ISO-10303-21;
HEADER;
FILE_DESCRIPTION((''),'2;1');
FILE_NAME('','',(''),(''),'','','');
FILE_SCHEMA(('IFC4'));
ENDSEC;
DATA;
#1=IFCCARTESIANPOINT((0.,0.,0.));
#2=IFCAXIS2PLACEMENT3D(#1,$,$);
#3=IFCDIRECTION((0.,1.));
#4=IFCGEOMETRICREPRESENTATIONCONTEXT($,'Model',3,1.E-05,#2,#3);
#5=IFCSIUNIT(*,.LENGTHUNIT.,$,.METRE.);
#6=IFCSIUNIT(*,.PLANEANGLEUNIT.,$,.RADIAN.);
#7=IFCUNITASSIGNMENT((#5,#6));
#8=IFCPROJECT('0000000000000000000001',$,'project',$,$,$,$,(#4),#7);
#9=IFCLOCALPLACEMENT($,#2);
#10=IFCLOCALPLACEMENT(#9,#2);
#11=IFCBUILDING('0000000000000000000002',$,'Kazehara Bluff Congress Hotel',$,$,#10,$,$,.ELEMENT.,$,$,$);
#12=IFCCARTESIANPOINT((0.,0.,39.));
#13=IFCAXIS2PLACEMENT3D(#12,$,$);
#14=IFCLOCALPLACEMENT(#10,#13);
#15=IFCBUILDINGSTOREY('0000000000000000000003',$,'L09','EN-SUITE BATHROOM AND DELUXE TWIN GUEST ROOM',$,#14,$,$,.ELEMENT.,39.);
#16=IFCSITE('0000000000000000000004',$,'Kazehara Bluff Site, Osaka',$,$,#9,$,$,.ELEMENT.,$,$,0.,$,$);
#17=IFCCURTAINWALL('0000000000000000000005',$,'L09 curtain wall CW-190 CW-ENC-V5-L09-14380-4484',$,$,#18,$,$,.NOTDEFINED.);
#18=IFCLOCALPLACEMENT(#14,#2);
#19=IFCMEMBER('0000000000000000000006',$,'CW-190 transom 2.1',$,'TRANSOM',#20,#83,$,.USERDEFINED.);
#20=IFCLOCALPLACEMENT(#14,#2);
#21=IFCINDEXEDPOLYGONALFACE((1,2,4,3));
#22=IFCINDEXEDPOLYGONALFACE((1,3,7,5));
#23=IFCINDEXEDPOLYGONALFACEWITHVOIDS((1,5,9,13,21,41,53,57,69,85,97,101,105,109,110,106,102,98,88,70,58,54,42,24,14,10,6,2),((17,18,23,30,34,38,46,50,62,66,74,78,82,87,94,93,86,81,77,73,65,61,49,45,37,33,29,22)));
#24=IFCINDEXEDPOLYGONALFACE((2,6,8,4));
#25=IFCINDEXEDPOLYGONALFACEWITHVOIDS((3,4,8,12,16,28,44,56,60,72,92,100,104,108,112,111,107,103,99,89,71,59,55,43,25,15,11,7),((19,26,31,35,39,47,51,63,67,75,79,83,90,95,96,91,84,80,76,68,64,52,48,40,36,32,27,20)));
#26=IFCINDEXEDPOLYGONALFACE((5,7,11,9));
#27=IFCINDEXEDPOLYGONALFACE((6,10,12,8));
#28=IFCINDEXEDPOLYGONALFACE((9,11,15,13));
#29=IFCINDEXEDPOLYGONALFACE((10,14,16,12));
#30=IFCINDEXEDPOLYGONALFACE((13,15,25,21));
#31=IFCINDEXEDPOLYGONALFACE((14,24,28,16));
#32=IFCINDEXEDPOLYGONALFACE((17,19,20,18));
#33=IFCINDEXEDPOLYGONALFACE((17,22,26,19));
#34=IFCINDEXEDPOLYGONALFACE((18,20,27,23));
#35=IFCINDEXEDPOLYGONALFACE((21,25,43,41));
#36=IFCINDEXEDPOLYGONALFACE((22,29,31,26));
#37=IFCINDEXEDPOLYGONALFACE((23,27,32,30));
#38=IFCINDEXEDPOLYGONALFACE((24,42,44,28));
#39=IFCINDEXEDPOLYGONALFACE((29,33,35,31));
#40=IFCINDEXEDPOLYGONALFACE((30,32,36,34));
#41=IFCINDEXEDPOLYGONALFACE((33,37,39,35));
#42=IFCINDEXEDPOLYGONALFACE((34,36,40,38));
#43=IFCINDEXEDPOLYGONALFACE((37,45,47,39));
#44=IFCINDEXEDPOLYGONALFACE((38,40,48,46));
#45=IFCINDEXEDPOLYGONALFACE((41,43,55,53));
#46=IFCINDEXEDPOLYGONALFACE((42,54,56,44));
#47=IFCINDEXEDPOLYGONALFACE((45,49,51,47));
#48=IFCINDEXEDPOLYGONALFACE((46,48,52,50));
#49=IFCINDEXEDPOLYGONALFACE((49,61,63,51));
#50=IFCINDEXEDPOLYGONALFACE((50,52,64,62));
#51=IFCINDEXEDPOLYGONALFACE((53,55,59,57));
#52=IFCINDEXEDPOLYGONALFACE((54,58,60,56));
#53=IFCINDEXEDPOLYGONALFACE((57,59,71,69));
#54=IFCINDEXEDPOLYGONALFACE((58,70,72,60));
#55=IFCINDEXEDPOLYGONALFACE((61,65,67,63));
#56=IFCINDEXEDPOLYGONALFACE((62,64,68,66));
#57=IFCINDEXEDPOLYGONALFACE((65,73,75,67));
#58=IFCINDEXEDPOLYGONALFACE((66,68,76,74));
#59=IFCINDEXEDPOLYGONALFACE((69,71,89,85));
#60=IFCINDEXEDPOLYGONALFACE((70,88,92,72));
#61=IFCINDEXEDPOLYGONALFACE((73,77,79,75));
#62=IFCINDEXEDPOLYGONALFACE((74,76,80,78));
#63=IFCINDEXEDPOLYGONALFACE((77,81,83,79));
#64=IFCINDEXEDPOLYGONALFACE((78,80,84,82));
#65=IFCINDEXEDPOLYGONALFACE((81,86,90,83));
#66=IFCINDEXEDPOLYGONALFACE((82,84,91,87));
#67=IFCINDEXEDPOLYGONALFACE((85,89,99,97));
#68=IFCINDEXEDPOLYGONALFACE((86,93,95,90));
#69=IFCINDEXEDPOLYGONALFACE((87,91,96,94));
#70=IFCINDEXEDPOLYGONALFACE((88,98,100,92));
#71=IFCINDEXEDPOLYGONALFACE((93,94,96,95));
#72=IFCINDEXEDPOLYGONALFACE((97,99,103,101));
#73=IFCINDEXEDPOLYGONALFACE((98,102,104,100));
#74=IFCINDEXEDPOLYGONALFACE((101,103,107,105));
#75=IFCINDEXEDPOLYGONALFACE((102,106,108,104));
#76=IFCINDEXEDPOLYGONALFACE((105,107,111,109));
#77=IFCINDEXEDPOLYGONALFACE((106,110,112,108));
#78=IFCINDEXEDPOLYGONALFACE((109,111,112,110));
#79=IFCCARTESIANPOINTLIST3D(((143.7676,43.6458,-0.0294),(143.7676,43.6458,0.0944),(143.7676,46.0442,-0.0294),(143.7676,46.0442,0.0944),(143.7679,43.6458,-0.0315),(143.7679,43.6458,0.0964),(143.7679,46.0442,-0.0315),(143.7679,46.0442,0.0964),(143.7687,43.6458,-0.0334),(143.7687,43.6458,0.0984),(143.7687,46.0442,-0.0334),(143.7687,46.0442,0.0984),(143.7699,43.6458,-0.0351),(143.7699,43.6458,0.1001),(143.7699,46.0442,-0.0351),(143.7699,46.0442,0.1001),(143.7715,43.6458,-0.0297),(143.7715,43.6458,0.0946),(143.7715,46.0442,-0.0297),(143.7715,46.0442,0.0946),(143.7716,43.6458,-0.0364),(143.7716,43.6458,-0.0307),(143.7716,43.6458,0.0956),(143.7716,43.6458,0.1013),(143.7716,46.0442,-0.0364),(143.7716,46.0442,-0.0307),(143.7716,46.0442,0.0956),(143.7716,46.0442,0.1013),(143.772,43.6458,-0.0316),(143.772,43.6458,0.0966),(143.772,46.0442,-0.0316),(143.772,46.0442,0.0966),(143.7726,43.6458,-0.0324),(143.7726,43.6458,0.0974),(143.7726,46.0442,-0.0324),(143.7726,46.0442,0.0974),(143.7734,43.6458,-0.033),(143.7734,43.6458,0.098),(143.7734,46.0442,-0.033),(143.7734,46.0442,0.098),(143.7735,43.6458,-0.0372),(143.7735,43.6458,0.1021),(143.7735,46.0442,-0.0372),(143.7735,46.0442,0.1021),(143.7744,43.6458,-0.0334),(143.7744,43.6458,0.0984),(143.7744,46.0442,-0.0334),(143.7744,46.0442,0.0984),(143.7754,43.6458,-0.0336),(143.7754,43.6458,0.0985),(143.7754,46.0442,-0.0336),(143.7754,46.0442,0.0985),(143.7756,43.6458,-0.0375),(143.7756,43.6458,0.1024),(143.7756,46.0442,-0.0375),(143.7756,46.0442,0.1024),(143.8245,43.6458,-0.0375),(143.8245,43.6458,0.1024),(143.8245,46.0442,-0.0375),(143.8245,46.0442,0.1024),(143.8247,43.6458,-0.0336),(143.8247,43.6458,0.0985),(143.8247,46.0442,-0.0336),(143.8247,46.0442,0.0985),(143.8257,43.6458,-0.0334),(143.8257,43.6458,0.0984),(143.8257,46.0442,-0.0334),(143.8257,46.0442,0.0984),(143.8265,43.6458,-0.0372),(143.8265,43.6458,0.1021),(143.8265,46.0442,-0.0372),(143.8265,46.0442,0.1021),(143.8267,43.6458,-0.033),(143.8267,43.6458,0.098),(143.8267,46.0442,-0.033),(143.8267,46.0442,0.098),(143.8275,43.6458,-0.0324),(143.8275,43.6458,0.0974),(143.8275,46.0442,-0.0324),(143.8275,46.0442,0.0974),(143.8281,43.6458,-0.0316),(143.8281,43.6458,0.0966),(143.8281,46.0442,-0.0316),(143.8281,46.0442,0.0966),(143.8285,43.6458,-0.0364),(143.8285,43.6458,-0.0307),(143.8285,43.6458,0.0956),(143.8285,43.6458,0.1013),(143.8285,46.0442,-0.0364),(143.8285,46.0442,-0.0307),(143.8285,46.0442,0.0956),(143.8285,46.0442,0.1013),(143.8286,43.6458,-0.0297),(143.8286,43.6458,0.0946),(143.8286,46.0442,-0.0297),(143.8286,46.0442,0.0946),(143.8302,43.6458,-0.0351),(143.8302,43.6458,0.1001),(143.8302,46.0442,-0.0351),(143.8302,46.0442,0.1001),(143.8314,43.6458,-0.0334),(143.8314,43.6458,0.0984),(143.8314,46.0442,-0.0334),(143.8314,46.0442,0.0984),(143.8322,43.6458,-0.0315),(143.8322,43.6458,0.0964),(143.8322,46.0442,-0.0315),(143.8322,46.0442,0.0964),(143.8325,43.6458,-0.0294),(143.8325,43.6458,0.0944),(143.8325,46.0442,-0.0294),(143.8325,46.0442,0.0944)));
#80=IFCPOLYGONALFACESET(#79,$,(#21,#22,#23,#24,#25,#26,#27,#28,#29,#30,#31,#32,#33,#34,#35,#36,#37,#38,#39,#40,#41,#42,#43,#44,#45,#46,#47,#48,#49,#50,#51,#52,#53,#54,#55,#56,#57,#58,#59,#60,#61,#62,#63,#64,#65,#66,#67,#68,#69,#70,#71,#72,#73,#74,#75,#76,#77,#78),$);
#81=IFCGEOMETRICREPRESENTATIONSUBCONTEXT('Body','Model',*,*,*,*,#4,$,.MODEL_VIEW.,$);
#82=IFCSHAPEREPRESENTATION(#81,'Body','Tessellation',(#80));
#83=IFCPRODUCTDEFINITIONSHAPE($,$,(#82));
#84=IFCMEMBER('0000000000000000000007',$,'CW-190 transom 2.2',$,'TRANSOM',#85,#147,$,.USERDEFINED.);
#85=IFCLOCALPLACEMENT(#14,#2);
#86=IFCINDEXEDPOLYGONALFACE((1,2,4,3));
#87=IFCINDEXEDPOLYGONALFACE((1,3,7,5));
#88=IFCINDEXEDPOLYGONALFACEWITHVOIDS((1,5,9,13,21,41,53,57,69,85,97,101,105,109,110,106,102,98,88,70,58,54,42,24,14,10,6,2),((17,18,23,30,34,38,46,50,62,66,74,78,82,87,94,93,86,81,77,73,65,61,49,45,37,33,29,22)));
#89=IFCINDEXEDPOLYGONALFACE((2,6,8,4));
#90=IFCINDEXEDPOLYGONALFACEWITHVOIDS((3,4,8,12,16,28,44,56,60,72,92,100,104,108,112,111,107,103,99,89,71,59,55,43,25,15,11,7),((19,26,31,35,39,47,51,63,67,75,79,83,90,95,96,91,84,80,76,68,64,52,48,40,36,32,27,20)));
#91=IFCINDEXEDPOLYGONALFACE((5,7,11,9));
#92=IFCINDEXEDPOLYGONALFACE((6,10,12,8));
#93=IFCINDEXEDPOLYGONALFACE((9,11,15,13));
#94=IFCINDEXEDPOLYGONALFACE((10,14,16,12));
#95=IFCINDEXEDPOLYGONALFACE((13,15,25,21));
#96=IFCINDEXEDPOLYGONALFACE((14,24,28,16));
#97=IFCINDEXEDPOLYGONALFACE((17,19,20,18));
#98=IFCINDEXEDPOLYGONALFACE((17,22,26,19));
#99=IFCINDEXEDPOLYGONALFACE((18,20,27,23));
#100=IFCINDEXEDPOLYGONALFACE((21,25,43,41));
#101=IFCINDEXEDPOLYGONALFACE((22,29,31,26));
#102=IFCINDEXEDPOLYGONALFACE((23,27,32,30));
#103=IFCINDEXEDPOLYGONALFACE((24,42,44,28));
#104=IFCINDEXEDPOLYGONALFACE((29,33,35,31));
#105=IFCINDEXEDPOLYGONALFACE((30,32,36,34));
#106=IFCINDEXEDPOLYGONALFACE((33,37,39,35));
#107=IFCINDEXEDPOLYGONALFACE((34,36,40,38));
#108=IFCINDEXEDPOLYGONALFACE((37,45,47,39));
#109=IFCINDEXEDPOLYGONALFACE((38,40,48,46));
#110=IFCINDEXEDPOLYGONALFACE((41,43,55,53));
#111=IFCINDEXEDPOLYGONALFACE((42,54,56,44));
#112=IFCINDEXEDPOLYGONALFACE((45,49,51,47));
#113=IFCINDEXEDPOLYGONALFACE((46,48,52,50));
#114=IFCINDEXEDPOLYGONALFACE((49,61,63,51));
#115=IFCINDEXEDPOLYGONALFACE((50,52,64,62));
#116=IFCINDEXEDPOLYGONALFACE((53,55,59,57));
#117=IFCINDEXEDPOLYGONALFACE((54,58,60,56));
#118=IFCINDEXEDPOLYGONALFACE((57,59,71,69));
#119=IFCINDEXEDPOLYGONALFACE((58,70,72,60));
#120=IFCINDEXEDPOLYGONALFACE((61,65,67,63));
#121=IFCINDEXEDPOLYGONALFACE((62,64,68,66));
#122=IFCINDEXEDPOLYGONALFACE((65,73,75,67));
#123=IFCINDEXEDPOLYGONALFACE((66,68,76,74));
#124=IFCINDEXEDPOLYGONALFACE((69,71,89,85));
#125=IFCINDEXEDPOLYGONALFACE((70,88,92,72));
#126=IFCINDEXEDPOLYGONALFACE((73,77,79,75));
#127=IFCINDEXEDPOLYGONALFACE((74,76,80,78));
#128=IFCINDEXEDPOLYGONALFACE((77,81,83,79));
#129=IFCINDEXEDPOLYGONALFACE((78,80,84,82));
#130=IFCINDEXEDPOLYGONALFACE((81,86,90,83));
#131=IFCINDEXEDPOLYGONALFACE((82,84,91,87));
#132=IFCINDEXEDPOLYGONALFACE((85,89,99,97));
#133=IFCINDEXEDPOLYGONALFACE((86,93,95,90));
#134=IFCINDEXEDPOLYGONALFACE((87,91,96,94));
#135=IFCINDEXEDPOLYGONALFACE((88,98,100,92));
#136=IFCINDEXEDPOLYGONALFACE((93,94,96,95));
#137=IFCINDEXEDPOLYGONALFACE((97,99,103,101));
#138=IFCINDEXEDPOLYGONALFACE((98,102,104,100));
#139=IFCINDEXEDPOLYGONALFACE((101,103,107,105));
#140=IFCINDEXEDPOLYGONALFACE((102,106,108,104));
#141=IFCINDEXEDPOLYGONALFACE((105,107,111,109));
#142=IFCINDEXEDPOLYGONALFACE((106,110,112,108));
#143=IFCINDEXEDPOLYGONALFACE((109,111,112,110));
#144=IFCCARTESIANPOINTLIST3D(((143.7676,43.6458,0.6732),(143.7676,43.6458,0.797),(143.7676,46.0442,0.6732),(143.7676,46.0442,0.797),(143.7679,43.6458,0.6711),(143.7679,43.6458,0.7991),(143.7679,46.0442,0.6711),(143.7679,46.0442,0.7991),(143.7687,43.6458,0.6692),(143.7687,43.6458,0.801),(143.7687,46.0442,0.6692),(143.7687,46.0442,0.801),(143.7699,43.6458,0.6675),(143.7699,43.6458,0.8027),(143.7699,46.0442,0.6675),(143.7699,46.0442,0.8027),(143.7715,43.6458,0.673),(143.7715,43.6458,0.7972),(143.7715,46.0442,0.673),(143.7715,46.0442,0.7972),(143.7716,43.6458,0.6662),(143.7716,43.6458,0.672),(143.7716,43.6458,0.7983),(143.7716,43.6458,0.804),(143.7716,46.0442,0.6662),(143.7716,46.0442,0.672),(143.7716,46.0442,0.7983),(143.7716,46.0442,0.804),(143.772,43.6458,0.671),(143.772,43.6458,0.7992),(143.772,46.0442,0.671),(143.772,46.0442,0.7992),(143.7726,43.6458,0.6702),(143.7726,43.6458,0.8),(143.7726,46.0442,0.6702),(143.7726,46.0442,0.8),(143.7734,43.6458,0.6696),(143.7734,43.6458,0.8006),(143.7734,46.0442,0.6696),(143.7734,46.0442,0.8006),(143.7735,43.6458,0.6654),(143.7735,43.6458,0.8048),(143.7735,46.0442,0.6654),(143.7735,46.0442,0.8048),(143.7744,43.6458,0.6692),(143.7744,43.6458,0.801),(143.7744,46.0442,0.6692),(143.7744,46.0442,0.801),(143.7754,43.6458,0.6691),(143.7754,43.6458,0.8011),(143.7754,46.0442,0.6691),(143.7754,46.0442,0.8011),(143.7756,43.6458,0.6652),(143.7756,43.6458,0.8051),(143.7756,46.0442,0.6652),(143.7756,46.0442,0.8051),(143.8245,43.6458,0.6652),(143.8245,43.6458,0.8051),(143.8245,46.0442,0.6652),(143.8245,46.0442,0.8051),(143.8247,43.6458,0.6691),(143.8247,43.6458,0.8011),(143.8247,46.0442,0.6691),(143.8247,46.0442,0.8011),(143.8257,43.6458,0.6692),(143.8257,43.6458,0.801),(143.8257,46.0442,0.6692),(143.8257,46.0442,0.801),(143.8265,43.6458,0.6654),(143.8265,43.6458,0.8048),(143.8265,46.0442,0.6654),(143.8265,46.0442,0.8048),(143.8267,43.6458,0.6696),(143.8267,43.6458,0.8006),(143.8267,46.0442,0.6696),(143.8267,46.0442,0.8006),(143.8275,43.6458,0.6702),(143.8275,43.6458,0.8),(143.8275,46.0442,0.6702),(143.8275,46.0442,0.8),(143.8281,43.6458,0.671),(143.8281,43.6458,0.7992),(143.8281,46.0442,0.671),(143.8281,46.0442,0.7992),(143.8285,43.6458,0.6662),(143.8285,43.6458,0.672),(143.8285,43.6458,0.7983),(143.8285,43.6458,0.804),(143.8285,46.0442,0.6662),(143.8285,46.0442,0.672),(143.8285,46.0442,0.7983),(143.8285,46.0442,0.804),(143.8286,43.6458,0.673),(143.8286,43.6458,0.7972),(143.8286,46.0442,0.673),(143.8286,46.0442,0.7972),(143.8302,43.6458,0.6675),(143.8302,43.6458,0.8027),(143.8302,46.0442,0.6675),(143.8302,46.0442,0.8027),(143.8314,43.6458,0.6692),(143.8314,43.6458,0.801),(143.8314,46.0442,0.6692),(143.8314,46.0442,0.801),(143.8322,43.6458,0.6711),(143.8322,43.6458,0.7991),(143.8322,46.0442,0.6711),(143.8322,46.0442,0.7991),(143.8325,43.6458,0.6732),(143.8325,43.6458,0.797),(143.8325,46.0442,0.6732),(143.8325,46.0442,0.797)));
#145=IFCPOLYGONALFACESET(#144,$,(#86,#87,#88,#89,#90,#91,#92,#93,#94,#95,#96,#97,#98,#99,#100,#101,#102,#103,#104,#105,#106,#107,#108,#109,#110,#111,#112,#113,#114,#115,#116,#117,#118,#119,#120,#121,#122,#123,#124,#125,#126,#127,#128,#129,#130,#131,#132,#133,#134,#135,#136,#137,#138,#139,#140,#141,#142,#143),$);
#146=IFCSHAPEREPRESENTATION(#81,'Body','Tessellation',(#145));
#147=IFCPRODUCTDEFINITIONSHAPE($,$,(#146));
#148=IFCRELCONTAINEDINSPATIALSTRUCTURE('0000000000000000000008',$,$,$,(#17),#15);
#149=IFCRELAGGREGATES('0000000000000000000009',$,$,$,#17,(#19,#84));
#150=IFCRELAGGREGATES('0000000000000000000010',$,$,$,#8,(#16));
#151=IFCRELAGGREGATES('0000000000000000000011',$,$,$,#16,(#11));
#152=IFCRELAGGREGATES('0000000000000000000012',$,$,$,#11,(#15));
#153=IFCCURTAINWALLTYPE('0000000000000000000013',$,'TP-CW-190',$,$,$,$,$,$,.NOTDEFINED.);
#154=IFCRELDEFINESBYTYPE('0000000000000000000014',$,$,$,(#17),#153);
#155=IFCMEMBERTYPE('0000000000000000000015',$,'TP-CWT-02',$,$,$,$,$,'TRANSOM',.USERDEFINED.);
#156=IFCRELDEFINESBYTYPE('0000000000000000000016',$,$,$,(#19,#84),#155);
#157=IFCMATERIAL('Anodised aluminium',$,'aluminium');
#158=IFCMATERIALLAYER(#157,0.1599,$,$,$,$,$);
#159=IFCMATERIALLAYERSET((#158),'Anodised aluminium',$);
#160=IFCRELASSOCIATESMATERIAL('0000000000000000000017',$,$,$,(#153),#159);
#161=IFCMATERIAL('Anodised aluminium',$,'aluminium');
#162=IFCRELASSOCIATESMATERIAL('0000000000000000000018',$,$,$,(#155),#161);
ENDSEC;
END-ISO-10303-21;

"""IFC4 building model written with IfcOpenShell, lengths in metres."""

from ifc_helpers import new_model, si_unit, direction, frame, origin, origin_2d, place, context, subcontext, project, spatial, hollow_rectangle, extrude, material, layer, layer_set, material_profile, profile_set, type_object, element, aggregate, save


model = new_model("IFC4")

# Units and contexts
model_context = context("Model", 3, precision=1e-05, world=origin(), true_north=direction((0.0, 1.0)))
body_context = subcontext(model_context, "Body", "Model", "MODEL_VIEW")
ifc_project = project(units=[si_unit("LENGTHUNIT", "METRE"), si_unit("PLANEANGLEUNIT", "RADIAN")], contexts=[model_context])

# Site, building, storey
site_placement = place(None, origin())
site = spatial("IfcSite", under=ifc_project, at=site_placement, Name="Kazehara Bluff Site, Osaka", CompositionType="ELEMENT", RefElevation=0.0)
building_placement = place(site_placement, origin())
building = spatial("IfcBuilding", under=site, at=building_placement, Name="Kazehara Bluff Congress Hotel", CompositionType="ELEMENT")
storey_placement = place(building_placement, frame((0.0, 0.0, 39.0)))
storey = spatial("IfcBuildingStorey", under=building, at=storey_placement, Name="L09", Description="EN-SUITE BATHROOM AND DELUXE TWIN GUEST ROOM", CompositionType="ELEMENT", Elevation=39.0)

# Curtain wall, members
ifc_material_1 = material(Name="Anodised aluminium", Category="aluminium")
ifc_layer_1 = layer(ifc_material_1, 0.1599)
ifc_layer_set_1 = layer_set([ifc_layer_1], Name="Anodised aluminium")
curtain_wall_type_1 = type_object("IfcCurtainWallType", Name="TP-CW-190", PredefinedType="NOTDEFINED", material=ifc_layer_set_1)
curtain_wall_1_placement = place(storey_placement, origin())
curtain_wall_1 = element("IfcCurtainWall", 1, at=curtain_wall_1_placement, inside=storey, type_object=curtain_wall_type_1, Name="L09 curtain wall CW-190 CW-ENC-V5-L09-14380-4484", PredefinedType="NOTDEFINED")
ifc_material_2 = material(Name="Anodised aluminium", Category="aluminium")
ifc_material_profile_1 = material_profile(ifc_material_2, hollow_rectangle(XDim=0.0649, YDim=0.1399, WallThickness=0.0039, InnerFilletRadius=0.0039, OuterFilletRadius=0.0081, at=origin_2d()))
ifc_profile_set_1 = profile_set([ifc_material_profile_1], Name="Anodised aluminium")
member_type_1 = type_object("IfcMemberType", Name="TP-CWT-02", ElementType="TRANSOM", PredefinedType="USERDEFINED", material=ifc_profile_set_1)
member_1_placement = place(storey_placement, frame((143.8, 43.6458, 0.0325), z_axis=(0.0, 1.0, 0.0), x_axis=(-1.0, 0.0, 0.0)))
member_1 = element("IfcMember", 2, at=member_1_placement, type_object=member_type_1, Name="CW-190 transom 2.1", ObjectType="TRANSOM", PredefinedType="USERDEFINED", context=body_context, shape_type="SweptSolid", body=[
    extrude(hollow_rectangle(XDim=0.0649, YDim=0.1399, WallThickness=0.0039, InnerFilletRadius=0.0039, OuterFilletRadius=0.0081, at=origin_2d()), origin(), (0.0, 0.0, 1.0), 2.3984),
])
member_2_placement = place(storey_placement, frame((143.8, 43.6458, 0.7351), z_axis=(0.0, 1.0, 0.0), x_axis=(-1.0, 0.0, 0.0)))
member_2 = element("IfcMember", 3, at=member_2_placement, type_object=member_type_1, Name="CW-190 transom 2.2", ObjectType="TRANSOM", PredefinedType="USERDEFINED", context=body_context, shape_type="SweptSolid", body=[
    extrude(hollow_rectangle(XDim=0.0649, YDim=0.1399, WallThickness=0.0039, InnerFilletRadius=0.0039, OuterFilletRadius=0.0081, at=origin_2d()), origin(), (0.0, 0.0, 1.0), 2.3984),
])
aggregate(curtain_wall_1, [member_1, member_2])

save(model, "model.ifc")
